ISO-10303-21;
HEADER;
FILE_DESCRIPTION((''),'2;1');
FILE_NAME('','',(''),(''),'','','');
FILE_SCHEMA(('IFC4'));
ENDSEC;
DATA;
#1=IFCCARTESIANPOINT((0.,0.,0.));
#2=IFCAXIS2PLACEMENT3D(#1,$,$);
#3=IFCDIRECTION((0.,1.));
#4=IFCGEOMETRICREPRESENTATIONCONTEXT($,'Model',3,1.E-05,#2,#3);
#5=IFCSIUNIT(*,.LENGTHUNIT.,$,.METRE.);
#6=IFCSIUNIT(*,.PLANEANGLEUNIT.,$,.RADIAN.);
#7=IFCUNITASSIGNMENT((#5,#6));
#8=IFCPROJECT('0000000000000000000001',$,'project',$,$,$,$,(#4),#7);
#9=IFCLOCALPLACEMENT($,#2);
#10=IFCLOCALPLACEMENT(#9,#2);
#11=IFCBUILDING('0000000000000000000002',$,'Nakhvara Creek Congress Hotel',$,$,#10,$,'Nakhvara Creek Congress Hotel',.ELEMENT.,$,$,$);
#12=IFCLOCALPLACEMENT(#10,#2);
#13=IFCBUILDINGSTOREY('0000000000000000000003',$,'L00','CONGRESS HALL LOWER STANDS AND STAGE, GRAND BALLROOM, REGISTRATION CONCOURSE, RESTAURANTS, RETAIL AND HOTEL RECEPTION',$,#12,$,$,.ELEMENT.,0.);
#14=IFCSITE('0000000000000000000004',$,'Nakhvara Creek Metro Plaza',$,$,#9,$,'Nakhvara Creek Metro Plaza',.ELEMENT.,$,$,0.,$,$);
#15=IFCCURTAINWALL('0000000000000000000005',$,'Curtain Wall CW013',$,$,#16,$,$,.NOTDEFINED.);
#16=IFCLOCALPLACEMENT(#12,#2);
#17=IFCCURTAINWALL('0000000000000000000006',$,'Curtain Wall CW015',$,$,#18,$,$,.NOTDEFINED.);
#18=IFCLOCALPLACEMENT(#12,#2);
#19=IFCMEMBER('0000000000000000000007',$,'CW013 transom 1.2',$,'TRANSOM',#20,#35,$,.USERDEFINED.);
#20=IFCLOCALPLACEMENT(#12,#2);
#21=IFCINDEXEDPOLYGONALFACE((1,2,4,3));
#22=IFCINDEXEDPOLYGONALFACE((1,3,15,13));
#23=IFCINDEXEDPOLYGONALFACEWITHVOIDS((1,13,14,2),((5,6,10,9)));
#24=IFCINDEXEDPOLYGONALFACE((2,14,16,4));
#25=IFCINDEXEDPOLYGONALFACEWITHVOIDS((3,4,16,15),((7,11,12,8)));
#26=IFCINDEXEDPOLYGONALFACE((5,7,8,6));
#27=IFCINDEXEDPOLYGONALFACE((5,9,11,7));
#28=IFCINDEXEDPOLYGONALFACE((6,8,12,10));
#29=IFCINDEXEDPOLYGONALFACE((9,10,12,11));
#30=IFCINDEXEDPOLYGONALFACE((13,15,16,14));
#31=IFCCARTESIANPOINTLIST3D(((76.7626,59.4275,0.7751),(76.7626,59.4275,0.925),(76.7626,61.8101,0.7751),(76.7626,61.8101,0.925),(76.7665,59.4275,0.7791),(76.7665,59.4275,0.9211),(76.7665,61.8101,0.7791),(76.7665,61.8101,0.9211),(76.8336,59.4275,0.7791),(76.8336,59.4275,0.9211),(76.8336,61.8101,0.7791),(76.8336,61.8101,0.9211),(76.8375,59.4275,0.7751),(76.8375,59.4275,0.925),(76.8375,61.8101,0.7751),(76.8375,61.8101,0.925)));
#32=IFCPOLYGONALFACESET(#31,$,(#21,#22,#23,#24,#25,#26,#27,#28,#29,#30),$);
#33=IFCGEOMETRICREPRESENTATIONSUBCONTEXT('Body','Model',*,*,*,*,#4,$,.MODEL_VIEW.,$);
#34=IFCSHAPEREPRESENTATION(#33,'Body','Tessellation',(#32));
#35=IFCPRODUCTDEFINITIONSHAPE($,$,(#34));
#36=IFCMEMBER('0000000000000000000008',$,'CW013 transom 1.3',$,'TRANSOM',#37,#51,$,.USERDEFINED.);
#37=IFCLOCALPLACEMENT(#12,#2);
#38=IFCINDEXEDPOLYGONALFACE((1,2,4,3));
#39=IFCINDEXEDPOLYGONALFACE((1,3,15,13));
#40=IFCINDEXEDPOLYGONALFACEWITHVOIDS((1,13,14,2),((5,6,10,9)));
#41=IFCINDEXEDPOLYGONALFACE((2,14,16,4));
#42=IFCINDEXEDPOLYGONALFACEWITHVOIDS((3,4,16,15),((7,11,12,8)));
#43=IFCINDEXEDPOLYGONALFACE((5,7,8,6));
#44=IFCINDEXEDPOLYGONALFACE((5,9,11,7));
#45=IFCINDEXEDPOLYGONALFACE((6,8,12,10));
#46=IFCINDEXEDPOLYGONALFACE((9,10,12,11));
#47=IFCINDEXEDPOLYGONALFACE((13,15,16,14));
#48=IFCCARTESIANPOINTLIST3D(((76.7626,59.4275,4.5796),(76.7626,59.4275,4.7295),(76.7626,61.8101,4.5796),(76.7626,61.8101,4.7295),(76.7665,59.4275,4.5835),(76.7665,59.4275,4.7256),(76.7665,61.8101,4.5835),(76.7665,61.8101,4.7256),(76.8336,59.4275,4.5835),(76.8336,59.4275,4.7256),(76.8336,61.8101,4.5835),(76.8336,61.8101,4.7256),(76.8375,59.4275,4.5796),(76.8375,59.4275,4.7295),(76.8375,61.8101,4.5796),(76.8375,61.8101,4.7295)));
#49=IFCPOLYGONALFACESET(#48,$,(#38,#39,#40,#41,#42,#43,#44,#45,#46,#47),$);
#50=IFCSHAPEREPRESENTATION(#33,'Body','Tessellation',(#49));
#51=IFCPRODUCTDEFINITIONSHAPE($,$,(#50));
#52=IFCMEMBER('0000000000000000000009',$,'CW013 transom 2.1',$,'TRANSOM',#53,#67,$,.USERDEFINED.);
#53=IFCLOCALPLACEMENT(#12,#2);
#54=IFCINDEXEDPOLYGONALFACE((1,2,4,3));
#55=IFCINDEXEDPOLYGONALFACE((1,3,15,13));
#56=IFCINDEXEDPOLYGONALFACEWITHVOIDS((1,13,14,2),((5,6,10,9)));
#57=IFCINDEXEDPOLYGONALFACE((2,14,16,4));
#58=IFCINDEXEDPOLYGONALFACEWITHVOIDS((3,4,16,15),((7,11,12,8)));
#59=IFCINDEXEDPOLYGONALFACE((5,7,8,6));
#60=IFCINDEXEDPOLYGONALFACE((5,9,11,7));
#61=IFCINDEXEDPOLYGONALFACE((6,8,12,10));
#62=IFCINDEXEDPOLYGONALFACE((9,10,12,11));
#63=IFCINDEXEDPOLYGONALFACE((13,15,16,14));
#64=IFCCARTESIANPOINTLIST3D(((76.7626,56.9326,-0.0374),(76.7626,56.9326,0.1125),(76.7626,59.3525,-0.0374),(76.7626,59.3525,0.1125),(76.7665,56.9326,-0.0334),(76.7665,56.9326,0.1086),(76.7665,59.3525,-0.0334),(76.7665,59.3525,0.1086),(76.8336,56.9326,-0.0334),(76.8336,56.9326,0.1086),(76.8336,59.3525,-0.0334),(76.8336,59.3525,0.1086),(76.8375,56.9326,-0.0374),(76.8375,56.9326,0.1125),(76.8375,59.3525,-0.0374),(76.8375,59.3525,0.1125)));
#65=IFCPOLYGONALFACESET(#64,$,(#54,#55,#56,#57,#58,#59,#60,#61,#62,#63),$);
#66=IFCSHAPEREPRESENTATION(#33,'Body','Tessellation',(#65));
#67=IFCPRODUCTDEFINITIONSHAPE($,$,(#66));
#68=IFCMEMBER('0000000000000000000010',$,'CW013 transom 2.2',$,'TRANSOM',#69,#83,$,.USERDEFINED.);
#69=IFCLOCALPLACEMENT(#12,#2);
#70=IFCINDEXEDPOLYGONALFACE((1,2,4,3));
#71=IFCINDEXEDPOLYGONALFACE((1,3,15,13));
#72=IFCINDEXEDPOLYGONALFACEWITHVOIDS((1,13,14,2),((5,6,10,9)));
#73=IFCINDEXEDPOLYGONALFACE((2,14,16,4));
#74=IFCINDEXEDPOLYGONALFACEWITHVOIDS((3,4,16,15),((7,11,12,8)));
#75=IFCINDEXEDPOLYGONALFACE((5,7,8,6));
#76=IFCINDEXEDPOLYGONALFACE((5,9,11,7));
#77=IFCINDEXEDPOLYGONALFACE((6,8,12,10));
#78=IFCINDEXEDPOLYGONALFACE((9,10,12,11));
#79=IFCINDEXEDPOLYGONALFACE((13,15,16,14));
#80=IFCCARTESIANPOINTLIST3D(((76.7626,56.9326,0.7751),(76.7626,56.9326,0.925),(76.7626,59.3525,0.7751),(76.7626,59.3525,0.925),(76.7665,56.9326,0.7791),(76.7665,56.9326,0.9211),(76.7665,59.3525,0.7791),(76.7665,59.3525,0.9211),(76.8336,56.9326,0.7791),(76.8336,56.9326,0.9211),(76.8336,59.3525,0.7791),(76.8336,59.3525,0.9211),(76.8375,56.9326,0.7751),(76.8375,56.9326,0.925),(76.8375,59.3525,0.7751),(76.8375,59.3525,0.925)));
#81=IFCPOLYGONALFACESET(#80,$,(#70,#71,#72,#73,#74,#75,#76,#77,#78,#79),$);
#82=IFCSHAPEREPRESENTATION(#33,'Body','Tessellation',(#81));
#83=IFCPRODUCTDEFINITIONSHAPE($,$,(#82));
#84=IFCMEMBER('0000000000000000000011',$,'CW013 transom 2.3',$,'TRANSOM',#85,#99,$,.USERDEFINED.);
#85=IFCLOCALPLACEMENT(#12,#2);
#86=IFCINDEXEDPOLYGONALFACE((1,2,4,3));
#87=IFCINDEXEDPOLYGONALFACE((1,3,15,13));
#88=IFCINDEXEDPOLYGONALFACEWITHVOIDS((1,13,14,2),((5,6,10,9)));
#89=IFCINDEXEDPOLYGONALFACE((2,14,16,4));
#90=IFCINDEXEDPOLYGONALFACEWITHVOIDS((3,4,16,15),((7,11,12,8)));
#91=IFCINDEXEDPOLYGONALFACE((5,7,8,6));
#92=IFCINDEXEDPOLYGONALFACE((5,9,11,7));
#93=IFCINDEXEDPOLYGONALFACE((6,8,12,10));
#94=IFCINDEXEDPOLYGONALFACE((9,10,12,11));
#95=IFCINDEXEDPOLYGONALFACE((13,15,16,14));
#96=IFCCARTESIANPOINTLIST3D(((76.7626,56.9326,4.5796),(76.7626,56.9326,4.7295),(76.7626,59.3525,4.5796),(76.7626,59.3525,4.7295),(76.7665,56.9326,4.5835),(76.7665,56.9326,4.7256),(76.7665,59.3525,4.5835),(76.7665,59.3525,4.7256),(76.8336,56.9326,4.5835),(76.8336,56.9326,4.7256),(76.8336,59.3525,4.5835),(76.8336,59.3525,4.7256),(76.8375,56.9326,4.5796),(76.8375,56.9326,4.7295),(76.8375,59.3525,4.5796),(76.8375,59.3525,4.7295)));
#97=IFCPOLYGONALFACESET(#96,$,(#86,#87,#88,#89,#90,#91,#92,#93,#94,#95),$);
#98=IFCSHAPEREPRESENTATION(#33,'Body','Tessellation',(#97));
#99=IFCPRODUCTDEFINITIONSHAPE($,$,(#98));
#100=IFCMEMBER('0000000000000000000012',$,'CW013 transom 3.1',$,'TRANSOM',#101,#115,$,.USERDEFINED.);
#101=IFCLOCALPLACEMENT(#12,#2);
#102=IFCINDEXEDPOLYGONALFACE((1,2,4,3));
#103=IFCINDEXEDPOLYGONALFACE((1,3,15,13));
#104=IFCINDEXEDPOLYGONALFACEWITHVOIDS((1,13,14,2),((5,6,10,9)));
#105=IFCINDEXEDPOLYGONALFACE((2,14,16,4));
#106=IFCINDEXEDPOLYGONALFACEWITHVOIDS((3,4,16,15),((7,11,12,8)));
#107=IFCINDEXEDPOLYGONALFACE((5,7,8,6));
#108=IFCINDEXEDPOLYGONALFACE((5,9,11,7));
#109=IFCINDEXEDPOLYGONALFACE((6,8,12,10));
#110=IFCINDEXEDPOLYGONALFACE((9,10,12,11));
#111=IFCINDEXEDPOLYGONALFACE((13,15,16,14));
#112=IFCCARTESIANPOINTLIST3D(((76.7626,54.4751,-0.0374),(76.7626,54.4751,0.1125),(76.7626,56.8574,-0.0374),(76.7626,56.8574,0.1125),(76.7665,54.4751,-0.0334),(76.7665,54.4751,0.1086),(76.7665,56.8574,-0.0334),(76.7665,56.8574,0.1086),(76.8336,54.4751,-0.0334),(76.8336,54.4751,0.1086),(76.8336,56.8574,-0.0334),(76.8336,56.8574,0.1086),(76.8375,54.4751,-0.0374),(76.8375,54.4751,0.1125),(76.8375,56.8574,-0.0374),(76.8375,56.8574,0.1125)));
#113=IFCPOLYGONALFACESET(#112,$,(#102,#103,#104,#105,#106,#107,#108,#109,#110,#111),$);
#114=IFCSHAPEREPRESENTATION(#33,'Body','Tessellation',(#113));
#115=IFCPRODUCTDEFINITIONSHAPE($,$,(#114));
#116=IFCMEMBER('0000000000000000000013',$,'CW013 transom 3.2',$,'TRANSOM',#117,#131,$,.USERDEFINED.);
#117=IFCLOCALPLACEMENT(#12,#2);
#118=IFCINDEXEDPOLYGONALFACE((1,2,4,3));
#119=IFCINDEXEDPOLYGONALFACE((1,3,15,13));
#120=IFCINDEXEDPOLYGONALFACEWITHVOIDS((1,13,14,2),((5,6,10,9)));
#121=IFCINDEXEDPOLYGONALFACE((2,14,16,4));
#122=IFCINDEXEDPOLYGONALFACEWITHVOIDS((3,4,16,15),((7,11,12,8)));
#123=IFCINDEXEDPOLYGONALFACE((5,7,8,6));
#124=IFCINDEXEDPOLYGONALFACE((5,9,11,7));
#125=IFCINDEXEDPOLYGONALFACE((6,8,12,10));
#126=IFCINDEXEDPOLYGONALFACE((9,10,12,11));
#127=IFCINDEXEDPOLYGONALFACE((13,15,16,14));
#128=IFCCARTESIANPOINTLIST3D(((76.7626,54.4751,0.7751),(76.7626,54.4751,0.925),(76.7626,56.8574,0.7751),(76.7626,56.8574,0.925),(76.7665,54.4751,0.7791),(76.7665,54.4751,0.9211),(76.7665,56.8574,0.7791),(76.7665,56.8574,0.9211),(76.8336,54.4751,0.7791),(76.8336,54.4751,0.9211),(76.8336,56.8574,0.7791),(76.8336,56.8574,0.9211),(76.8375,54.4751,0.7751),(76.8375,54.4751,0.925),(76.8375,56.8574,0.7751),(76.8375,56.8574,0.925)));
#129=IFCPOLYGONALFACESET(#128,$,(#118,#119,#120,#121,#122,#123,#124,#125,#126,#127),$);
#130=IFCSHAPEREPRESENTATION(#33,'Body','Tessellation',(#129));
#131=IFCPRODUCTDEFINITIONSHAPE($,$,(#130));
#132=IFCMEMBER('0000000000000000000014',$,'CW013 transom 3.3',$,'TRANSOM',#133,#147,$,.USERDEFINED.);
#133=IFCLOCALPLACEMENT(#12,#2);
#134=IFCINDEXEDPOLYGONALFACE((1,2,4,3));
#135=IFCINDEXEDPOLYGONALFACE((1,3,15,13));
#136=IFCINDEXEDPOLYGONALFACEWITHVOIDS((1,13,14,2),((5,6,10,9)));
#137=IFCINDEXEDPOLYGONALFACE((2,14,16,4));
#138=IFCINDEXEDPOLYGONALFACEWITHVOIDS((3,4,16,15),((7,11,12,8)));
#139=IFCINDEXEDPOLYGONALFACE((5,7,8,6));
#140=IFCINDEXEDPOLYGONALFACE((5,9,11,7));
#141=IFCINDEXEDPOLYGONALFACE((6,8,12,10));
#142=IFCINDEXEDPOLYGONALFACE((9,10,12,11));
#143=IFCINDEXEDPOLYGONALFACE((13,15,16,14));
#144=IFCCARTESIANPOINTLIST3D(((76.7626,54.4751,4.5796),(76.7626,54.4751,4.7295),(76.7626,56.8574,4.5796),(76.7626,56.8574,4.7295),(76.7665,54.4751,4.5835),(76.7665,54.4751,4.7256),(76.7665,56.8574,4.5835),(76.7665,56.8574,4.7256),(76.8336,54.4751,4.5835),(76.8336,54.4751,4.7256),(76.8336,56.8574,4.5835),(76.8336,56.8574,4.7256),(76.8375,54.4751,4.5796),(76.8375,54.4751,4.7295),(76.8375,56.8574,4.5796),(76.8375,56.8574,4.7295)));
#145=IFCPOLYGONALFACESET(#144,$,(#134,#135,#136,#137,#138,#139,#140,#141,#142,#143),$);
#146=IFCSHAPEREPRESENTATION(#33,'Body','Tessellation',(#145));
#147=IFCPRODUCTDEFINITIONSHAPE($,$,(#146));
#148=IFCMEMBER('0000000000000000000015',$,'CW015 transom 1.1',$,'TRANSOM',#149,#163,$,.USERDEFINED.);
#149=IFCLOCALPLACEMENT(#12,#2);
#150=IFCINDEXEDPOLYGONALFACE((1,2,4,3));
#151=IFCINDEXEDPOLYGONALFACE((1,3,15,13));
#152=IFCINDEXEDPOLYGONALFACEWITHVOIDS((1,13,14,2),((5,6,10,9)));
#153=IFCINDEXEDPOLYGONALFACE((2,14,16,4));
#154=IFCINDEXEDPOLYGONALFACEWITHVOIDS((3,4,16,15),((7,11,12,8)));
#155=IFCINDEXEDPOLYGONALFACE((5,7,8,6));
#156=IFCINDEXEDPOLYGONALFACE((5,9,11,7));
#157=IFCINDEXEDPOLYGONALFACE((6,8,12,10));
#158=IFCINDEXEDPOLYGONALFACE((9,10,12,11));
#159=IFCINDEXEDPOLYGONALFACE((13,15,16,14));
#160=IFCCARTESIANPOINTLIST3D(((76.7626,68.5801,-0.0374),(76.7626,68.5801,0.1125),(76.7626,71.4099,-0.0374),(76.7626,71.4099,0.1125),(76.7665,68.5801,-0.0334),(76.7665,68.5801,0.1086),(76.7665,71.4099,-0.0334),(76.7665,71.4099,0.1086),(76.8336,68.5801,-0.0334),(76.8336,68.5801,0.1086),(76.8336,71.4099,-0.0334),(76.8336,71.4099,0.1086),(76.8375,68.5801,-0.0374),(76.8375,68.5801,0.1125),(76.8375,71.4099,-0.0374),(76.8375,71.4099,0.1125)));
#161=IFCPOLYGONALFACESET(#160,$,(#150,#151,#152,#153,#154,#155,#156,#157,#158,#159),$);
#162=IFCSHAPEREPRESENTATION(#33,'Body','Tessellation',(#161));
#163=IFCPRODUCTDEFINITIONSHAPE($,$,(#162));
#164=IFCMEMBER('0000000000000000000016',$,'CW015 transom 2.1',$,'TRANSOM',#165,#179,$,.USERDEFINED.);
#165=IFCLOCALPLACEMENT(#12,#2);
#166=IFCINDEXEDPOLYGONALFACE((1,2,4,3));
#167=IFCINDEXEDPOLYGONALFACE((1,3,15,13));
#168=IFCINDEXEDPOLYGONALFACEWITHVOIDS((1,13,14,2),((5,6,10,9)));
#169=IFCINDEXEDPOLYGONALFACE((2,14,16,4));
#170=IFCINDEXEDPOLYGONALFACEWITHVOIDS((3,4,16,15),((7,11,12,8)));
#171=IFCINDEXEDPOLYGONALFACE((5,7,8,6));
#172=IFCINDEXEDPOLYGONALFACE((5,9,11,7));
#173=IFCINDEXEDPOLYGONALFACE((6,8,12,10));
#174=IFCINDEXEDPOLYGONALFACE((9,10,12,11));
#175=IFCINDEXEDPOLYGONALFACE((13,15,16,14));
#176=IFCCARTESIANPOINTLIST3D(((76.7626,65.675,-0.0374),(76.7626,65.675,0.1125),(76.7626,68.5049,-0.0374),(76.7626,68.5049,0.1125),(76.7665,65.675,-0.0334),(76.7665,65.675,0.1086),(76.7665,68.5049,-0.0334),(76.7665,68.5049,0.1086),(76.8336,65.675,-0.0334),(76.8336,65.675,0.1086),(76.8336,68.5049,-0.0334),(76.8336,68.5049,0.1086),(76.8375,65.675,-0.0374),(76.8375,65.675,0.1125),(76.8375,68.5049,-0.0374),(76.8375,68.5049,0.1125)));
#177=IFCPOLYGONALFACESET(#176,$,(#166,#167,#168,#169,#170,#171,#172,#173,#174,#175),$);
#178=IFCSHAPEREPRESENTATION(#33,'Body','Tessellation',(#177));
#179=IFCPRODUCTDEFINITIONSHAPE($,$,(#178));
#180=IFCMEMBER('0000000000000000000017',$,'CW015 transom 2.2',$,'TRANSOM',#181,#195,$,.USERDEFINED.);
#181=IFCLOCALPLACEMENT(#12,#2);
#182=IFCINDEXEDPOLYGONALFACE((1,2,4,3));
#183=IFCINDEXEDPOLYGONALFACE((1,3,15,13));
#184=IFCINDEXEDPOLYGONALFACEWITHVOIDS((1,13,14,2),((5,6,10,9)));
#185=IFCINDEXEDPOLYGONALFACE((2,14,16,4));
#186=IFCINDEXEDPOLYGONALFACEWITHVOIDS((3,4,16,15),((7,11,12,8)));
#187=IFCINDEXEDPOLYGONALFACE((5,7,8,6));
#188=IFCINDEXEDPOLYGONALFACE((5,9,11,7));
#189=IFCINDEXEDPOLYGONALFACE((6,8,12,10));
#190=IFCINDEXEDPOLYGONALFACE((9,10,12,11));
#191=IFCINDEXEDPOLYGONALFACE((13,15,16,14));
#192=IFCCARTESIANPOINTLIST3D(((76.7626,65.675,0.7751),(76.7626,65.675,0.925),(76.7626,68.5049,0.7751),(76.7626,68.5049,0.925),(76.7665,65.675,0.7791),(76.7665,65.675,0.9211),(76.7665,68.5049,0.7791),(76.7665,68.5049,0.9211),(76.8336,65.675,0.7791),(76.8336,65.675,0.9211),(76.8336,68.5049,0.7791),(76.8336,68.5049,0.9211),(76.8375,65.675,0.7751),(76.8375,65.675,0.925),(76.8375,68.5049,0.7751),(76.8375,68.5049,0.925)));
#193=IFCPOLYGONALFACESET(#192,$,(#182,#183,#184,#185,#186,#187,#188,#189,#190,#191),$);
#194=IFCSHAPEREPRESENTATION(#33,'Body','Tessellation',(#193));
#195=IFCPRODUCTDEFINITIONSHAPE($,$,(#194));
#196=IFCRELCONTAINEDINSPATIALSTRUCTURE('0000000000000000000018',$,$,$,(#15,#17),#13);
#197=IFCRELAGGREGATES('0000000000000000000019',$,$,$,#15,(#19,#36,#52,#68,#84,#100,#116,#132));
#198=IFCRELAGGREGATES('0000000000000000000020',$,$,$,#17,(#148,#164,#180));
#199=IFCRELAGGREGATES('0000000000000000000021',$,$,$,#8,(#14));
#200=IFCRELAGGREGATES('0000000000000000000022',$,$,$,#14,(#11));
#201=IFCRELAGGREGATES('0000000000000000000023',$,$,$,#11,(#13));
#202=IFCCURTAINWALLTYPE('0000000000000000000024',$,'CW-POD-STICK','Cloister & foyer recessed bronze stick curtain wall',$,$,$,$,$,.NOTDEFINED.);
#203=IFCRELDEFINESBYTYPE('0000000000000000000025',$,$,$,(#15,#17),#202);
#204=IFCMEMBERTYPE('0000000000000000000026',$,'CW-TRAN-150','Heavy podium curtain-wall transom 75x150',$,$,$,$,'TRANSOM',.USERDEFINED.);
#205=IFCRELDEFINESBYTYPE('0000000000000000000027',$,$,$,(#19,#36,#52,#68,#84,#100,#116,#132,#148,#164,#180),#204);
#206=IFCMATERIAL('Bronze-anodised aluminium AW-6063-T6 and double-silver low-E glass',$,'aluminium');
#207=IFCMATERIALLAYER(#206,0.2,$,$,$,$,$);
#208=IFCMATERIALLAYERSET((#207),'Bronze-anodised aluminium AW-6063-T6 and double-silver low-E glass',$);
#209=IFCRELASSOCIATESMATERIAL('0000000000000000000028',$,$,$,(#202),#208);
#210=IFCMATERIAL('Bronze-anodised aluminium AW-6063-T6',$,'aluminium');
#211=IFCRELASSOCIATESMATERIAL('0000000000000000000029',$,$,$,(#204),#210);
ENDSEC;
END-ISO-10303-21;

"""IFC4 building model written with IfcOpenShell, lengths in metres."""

from ifc_helpers import new_model, si_unit, direction, frame, origin, origin_2d, place, context, subcontext, project, spatial, hollow_rectangle, extrude, material, layer, layer_set, material_profile, profile_set, type_object, element, aggregate, save


model = new_model("IFC4")

# Units and contexts
model_context = context("Model", 3, precision=1e-05, world=origin(), true_north=direction((0.0, 1.0)))
body_context = subcontext(model_context, "Body", "Model", "MODEL_VIEW")
ifc_project = project(units=[si_unit("LENGTHUNIT", "METRE"), si_unit("PLANEANGLEUNIT", "RADIAN")], contexts=[model_context])

# Site, building, storey
site_placement = place(None, origin())
site = spatial("IfcSite", under=ifc_project, at=site_placement, Name="Nakhvara Creek Metro Plaza", LongName="Nakhvara Creek Metro Plaza", CompositionType="ELEMENT", RefElevation=0.0)
building_placement = place(site_placement, origin())
building = spatial("IfcBuilding", under=site, at=building_placement, Name="Nakhvara Creek Congress Hotel", LongName="Nakhvara Creek Congress Hotel", CompositionType="ELEMENT")
storey_placement = place(building_placement, origin())
storey = spatial("IfcBuildingStorey", under=building, at=storey_placement, Name="L00", Description="CONGRESS HALL LOWER STANDS AND STAGE, GRAND BALLROOM, REGISTRATION CONCOURSE, RESTAURANTS, RETAIL AND HOTEL RECEPTION", CompositionType="ELEMENT", Elevation=0.0)

# Curtain walls
ifc_material_1 = material(Name="Bronze-anodised aluminium AW-6063-T6 and double-silver low-E glass", Category="aluminium")
ifc_layer = layer(ifc_material_1, 0.2)
ifc_layer_set = layer_set([ifc_layer], Name="Bronze-anodised aluminium AW-6063-T6 and double-silver low-E glass")
curtain_wall_type = type_object("IfcCurtainWallType", Name="CW-POD-STICK", Description="Cloister & foyer recessed bronze stick curtain wall", PredefinedType="NOTDEFINED", material=ifc_layer_set)
curtain_wall_1_placement = place(storey_placement, origin())
curtain_wall_1 = element("IfcCurtainWall", 1, at=curtain_wall_1_placement, inside=storey, type_object=curtain_wall_type, Name="Curtain Wall CW013", PredefinedType="NOTDEFINED")
ifc_material_2 = material(Name="Bronze-anodised aluminium AW-6063-T6", Category="aluminium")
curtain_wall_2_placement = place(storey_placement, origin())
curtain_wall_2 = element("IfcCurtainWall", 2, at=curtain_wall_2_placement, inside=storey, type_object=curtain_wall_type, Name="Curtain Wall CW015", PredefinedType="NOTDEFINED")

# Members
ifc_material_profile_1 = material_profile(ifc_material_2, hollow_rectangle(XDim=0.075, YDim=0.1499, WallThickness=0.0039, at=origin_2d()), Name="ALU-TRAN 75x150x4", Category="LoadBearing")
ifc_profile_set_1 = profile_set([ifc_material_profile_1], Name="Bronze-anodised aluminium AW-6063-T6")
member_type_1 = type_object("IfcMemberType", Name="CW-TRAN-150", Description="Heavy podium curtain-wall transom 75x150", ElementType="TRANSOM", PredefinedType="USERDEFINED", material=ifc_profile_set_1)
member_1_placement = place(storey_placement, frame((76.8, 61.8101, 0.8501), z_axis=(0.0, -1.0, 0.0), x_axis=(1.0, 0.0, 0.0)))
member_1 = element("IfcMember", 3, at=member_1_placement, type_object=member_type_1, Name="CW013 transom 1.2", ObjectType="TRANSOM", PredefinedType="USERDEFINED", context=body_context, shape_type="SweptSolid", body=[
    extrude(hollow_rectangle(XDim=0.075, YDim=0.1499, WallThickness=0.0039, at=origin_2d()), origin(), (0.0, 0.0, 1.0), 2.3826),
])
member_2_placement = place(storey_placement, frame((76.8, 61.8101, 4.6545), z_axis=(0.0, -1.0, 0.0), x_axis=(1.0, 0.0, 0.0)))
member_2 = element("IfcMember", 4, at=member_2_placement, type_object=member_type_1, Name="CW013 transom 1.3", ObjectType="TRANSOM", PredefinedType="USERDEFINED", context=body_context, shape_type="SweptSolid", body=[
    extrude(hollow_rectangle(XDim=0.075, YDim=0.1499, WallThickness=0.0039, at=origin_2d()), origin(), (0.0, 0.0, 1.0), 2.3826),
])
member_3_placement = place(storey_placement, frame((76.8, 59.3525, 0.0376), z_axis=(0.0, -1.0, 0.0), x_axis=(1.0, 0.0, 0.0)))
member_3 = element("IfcMember", 5, at=member_3_placement, type_object=member_type_1, Name="CW013 transom 2.1", ObjectType="TRANSOM", PredefinedType="USERDEFINED", context=body_context, shape_type="SweptSolid", body=[
    extrude(hollow_rectangle(XDim=0.075, YDim=0.1499, WallThickness=0.0039, at=origin_2d()), origin(), (0.0, 0.0, 1.0), 2.4199),
])
member_4_placement = place(storey_placement, frame((76.8, 59.3525, 0.8501), z_axis=(0.0, -1.0, 0.0), x_axis=(1.0, 0.0, 0.0)))
member_4 = element("IfcMember", 6, at=member_4_placement, type_object=member_type_1, Name="CW013 transom 2.2", ObjectType="TRANSOM", PredefinedType="USERDEFINED", context=body_context, shape_type="SweptSolid", body=[
    extrude(hollow_rectangle(XDim=0.075, YDim=0.1499, WallThickness=0.0039, at=origin_2d()), origin(), (0.0, 0.0, 1.0), 2.4199),
])
member_5_placement = place(storey_placement, frame((76.8, 59.3525, 4.6545), z_axis=(0.0, -1.0, 0.0), x_axis=(1.0, 0.0, 0.0)))
member_5 = element("IfcMember", 7, at=member_5_placement, type_object=member_type_1, Name="CW013 transom 2.3", ObjectType="TRANSOM", PredefinedType="USERDEFINED", context=body_context, shape_type="SweptSolid", body=[
    extrude(hollow_rectangle(XDim=0.075, YDim=0.1499, WallThickness=0.0039, at=origin_2d()), origin(), (0.0, 0.0, 1.0), 2.4199),
])
member_6_placement = place(storey_placement, frame((76.8, 56.8574, 0.0376), z_axis=(0.0, -1.0, 0.0), x_axis=(1.0, 0.0, 0.0)))
member_6 = element("IfcMember", 8, at=member_6_placement, type_object=member_type_1, Name="CW013 transom 3.1", ObjectType="TRANSOM", PredefinedType="USERDEFINED", context=body_context, shape_type="SweptSolid", body=[
    extrude(hollow_rectangle(XDim=0.075, YDim=0.1499, WallThickness=0.0039, at=origin_2d()), origin(), (0.0, 0.0, 1.0), 2.3823),
])
member_7_placement = place(storey_placement, frame((76.8, 56.8574, 0.8501), z_axis=(0.0, -1.0, 0.0), x_axis=(1.0, 0.0, 0.0)))
member_7 = element("IfcMember", 9, at=member_7_placement, type_object=member_type_1, Name="CW013 transom 3.2", ObjectType="TRANSOM", PredefinedType="USERDEFINED", context=body_context, shape_type="SweptSolid", body=[
    extrude(hollow_rectangle(XDim=0.075, YDim=0.1499, WallThickness=0.0039, at=origin_2d()), origin(), (0.0, 0.0, 1.0), 2.3823),
])
member_8_placement = place(storey_placement, frame((76.8, 56.8574, 4.6545), z_axis=(0.0, -1.0, 0.0), x_axis=(1.0, 0.0, 0.0)))
member_8 = element("IfcMember", 10, at=member_8_placement, type_object=member_type_1, Name="CW013 transom 3.3", ObjectType="TRANSOM", PredefinedType="USERDEFINED", context=body_context, shape_type="SweptSolid", body=[
    extrude(hollow_rectangle(XDim=0.075, YDim=0.1499, WallThickness=0.0039, at=origin_2d()), origin(), (0.0, 0.0, 1.0), 2.3823),
])
member_9_placement = place(storey_placement, frame((76.8, 71.4099, 0.0376), z_axis=(0.0, -1.0, 0.0), x_axis=(1.0, 0.0, 0.0)))
member_9 = element("IfcMember", 11, at=member_9_placement, type_object=member_type_1, Name="CW015 transom 1.1", ObjectType="TRANSOM", PredefinedType="USERDEFINED", context=body_context, shape_type="SweptSolid", body=[
    extrude(hollow_rectangle(XDim=0.075, YDim=0.1499, WallThickness=0.0039, at=origin_2d()), origin(), (0.0, 0.0, 1.0), 2.8298),
])
member_10_placement = place(storey_placement, frame((76.8, 68.5049, 0.0376), z_axis=(0.0, -1.0, 0.0), x_axis=(1.0, 0.0, 0.0)))
member_10 = element("IfcMember", 12, at=member_10_placement, type_object=member_type_1, Name="CW015 transom 2.1", ObjectType="TRANSOM", PredefinedType="USERDEFINED", context=body_context, shape_type="SweptSolid", body=[
    extrude(hollow_rectangle(XDim=0.075, YDim=0.1499, WallThickness=0.0039, at=origin_2d()), origin(), (0.0, 0.0, 1.0), 2.8298),
])
member_11_placement = place(storey_placement, frame((76.8, 68.5049, 0.8501), z_axis=(0.0, -1.0, 0.0), x_axis=(1.0, 0.0, 0.0)))
member_11 = element("IfcMember", 13, at=member_11_placement, type_object=member_type_1, Name="CW015 transom 2.2", ObjectType="TRANSOM", PredefinedType="USERDEFINED", context=body_context, shape_type="SweptSolid", body=[
    extrude(hollow_rectangle(XDim=0.075, YDim=0.1499, WallThickness=0.0039, at=origin_2d()), origin(), (0.0, 0.0, 1.0), 2.8298),
])

aggregate(curtain_wall_1, [member_1, member_2, member_3, member_4, member_5, member_6, member_7, member_8])
aggregate(curtain_wall_2, [member_9, member_10, member_11])

save(model, "model.ifc")
